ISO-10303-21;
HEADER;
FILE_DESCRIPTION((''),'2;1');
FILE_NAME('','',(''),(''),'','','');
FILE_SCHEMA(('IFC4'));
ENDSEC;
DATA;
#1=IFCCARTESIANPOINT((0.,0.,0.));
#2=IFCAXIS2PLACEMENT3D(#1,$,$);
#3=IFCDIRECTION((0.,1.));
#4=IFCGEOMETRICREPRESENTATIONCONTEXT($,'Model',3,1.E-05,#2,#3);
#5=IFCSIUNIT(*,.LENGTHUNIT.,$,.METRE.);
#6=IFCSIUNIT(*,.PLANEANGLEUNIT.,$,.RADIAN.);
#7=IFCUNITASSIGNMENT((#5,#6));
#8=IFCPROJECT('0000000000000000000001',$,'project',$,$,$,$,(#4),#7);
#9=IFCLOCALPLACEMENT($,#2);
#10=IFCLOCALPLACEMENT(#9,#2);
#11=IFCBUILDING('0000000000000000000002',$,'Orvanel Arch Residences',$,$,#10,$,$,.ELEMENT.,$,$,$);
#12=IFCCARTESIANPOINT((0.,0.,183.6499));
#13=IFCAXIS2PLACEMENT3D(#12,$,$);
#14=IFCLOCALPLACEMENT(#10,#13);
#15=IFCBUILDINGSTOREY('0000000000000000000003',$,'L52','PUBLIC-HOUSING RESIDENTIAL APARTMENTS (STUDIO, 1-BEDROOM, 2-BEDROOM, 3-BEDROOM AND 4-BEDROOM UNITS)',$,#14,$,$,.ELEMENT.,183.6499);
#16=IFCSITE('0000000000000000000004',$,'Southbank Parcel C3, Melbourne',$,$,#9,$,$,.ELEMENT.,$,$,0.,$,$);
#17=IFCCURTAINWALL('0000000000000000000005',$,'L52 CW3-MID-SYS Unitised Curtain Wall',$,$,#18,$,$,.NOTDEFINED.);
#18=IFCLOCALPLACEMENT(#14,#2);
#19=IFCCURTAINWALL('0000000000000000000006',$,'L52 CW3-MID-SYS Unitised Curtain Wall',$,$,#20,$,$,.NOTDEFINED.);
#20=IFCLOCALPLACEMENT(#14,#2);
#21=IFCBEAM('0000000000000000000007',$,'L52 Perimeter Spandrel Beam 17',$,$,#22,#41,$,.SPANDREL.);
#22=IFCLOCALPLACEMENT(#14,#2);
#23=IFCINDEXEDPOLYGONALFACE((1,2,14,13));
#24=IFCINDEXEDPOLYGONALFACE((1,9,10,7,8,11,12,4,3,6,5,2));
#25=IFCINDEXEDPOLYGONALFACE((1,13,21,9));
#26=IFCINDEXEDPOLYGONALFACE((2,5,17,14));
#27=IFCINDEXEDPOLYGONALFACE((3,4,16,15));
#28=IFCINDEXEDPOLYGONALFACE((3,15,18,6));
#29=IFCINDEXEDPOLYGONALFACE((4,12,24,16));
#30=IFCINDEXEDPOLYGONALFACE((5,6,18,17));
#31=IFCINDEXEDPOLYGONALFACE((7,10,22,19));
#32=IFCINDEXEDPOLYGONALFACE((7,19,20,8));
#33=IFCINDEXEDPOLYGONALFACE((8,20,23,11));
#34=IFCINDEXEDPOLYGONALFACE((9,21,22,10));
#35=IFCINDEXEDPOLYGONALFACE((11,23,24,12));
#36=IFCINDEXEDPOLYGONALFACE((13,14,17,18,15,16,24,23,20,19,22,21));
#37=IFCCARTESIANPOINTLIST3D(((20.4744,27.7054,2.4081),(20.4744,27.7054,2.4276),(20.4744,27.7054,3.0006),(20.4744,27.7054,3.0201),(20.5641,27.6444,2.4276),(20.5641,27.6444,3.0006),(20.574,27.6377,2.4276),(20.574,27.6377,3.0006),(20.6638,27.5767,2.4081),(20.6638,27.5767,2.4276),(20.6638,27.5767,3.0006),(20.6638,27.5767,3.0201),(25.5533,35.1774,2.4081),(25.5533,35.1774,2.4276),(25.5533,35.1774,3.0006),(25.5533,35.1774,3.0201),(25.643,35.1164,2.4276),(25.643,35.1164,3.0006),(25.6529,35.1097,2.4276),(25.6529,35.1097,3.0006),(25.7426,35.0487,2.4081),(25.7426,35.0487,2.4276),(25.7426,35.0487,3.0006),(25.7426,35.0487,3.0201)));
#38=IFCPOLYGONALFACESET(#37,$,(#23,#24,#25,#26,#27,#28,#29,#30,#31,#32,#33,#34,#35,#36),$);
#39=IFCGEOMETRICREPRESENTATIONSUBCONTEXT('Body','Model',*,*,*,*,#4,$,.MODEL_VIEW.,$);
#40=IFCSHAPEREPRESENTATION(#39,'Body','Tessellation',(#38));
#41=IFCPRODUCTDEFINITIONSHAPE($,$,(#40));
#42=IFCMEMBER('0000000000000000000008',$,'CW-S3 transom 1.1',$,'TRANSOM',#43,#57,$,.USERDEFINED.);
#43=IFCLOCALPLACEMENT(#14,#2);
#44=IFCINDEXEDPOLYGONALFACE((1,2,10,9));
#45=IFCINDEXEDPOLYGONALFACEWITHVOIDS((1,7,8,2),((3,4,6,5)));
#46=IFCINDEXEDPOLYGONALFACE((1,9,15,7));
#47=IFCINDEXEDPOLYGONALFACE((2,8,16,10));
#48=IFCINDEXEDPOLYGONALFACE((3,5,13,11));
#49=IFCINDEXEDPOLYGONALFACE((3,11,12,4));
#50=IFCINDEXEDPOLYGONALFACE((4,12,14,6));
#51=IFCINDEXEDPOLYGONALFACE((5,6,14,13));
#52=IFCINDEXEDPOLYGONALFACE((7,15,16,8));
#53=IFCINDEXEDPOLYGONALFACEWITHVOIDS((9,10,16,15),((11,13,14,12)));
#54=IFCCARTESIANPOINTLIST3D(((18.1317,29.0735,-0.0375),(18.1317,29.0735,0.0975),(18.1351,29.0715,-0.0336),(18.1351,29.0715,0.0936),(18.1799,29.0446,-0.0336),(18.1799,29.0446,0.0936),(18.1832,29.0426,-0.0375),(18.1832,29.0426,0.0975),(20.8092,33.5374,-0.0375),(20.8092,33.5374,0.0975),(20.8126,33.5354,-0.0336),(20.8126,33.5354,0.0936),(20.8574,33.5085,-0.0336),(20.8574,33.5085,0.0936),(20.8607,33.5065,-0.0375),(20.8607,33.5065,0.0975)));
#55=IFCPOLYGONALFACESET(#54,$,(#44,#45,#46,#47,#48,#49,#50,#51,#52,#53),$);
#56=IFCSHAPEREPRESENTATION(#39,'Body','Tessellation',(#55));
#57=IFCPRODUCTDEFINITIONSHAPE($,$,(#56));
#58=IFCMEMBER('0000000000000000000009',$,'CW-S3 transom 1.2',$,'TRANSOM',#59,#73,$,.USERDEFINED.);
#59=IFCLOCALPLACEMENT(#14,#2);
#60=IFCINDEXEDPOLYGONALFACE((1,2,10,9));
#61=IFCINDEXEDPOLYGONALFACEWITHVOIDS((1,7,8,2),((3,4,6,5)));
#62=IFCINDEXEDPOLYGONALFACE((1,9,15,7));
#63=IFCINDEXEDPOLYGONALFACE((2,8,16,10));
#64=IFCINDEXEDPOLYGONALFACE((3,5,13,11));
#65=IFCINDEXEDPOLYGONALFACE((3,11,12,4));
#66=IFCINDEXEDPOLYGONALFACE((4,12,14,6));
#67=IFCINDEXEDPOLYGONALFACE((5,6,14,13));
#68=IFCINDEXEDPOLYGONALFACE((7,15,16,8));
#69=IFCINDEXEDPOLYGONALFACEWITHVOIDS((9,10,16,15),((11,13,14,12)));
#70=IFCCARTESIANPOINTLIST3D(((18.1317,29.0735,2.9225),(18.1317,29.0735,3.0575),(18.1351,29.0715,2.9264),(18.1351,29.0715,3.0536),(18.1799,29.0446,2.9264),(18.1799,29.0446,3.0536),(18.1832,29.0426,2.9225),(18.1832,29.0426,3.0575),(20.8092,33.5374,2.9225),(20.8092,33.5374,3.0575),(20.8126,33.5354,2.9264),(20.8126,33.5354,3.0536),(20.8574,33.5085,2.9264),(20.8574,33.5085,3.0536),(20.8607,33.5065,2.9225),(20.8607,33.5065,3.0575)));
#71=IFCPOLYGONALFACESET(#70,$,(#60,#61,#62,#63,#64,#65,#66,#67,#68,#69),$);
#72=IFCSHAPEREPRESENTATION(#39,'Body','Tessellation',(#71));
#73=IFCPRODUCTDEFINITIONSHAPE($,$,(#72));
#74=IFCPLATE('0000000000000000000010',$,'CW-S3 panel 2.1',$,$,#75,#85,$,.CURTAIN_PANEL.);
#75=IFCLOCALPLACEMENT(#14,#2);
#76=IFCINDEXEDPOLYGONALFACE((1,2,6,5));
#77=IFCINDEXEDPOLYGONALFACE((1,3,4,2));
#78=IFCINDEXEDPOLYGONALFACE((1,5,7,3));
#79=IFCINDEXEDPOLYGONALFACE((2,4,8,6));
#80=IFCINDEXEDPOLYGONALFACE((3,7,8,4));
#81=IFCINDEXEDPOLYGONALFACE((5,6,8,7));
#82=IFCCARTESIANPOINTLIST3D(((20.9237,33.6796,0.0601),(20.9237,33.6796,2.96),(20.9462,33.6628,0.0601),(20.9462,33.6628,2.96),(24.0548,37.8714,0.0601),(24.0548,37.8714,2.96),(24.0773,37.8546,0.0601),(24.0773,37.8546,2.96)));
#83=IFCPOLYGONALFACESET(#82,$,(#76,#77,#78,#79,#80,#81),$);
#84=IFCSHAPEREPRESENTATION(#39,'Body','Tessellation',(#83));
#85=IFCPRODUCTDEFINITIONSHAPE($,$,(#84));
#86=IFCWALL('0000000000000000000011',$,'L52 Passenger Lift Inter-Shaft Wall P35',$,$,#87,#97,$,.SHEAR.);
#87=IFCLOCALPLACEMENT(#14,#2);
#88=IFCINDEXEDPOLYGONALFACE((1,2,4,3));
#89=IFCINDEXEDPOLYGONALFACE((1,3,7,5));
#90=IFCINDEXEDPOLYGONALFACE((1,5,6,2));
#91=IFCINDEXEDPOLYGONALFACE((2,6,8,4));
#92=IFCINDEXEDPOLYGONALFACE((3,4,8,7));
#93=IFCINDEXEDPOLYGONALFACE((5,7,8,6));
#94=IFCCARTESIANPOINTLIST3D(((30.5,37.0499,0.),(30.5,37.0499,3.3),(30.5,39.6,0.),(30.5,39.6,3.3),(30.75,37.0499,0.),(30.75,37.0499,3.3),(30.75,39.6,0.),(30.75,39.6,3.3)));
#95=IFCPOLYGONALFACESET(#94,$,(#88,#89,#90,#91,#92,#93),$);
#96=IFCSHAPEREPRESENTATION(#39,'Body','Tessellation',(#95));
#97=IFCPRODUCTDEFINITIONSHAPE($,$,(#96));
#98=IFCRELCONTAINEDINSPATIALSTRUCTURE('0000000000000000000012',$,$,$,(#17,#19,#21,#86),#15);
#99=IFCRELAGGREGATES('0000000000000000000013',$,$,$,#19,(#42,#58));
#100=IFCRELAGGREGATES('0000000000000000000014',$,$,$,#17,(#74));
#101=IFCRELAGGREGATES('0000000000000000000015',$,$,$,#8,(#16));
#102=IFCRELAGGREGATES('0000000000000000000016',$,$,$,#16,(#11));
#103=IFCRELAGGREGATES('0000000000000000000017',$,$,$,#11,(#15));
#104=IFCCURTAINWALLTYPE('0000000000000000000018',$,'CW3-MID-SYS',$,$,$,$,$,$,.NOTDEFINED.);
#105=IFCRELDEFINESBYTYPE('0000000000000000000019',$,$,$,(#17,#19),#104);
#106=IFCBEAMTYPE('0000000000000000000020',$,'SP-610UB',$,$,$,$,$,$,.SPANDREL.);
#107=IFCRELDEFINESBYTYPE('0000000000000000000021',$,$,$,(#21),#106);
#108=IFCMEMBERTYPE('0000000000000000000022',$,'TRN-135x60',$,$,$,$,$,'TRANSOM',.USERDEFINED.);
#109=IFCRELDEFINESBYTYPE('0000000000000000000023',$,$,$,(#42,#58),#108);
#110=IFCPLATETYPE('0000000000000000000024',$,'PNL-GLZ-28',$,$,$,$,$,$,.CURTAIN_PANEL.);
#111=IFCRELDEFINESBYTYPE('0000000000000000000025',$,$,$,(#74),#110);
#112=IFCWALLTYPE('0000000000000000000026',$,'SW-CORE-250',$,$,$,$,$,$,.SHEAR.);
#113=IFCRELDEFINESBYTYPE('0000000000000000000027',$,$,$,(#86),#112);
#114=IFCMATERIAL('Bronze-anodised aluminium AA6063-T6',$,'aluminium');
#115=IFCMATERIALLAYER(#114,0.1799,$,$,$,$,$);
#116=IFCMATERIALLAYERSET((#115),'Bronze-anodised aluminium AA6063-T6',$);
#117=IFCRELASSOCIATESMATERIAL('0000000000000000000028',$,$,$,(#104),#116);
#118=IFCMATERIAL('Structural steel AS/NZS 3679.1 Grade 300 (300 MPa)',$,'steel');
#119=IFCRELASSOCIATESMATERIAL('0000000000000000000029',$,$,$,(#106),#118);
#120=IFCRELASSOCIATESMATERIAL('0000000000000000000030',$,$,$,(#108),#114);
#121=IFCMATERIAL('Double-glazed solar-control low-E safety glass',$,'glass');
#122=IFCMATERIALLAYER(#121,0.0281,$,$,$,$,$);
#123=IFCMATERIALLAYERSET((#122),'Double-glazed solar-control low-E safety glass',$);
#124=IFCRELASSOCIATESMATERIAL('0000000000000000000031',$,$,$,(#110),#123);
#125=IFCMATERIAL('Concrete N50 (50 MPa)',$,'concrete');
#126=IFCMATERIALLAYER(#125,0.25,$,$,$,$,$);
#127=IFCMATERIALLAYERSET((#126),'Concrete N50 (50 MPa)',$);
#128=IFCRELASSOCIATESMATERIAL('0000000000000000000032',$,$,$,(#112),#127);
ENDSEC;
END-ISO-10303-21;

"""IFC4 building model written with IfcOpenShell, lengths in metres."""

from ifc_helpers import new_model, si_unit, direction, frame, frame_2d, origin, origin_2d, place, context, subcontext, project, spatial, rectangle, hollow_rectangle, i_section, extrude, material, layer, layer_set, material_profile, profile_set, type_object, element, aggregate, save


model = new_model("IFC4")

# Units and contexts
model_context = context("Model", 3, precision=1e-05, world=origin(), true_north=direction((0.0, 1.0)))
body_context = subcontext(model_context, "Body", "Model", "MODEL_VIEW")
ifc_project = project(units=[si_unit("LENGTHUNIT", "METRE"), si_unit("PLANEANGLEUNIT", "RADIAN")], contexts=[model_context])

# Site, building, storey
site_placement = place(None, origin())
site = spatial("IfcSite", under=ifc_project, at=site_placement, Name="Southbank Parcel C3, Melbourne", CompositionType="ELEMENT", RefElevation=0.0)
building_placement = place(site_placement, origin())
building = spatial("IfcBuilding", under=site, at=building_placement, Name="Orvanel Arch Residences", CompositionType="ELEMENT")
storey_placement = place(building_placement, frame((0.0, 0.0, 183.6499)))
storey = spatial("IfcBuildingStorey", under=building, at=storey_placement, Name="L52", Description="PUBLIC-HOUSING RESIDENTIAL APARTMENTS (STUDIO, 1-BEDROOM, 2-BEDROOM, 3-BEDROOM AND 4-BEDROOM UNITS)", CompositionType="ELEMENT", Elevation=183.6499)

# Shared definitions
ifc_material_1 = material(Name="Structural steel AS/NZS 3679.1 Grade 300 (300 MPa)", Category="steel")

# Curtain walls
ifc_material_2 = material(Name="Bronze-anodised aluminium AA6063-T6", Category="aluminium")
ifc_layer_1 = layer(ifc_material_2, 0.1799)
ifc_layer_set_1 = layer_set([ifc_layer_1], Name="Bronze-anodised aluminium AA6063-T6")
curtain_wall_type = type_object("IfcCurtainWallType", Name="CW3-MID-SYS", PredefinedType="NOTDEFINED", material=ifc_layer_set_1)
curtain_wall_1_placement = place(storey_placement, origin())
curtain_wall_1 = element("IfcCurtainWall", 1, at=curtain_wall_1_placement, inside=storey, type_object=curtain_wall_type, Name="L52 CW3-MID-SYS Unitised Curtain Wall", PredefinedType="NOTDEFINED")
curtain_wall_2_placement = place(storey_placement, origin())
curtain_wall_2 = element("IfcCurtainWall", 2, at=curtain_wall_2_placement, inside=storey, type_object=curtain_wall_type, Name="L52 CW3-MID-SYS Unitised Curtain Wall", PredefinedType="NOTDEFINED")

# Beam
ifc_material_profile_1 = material_profile(ifc_material_1, i_section(OverallWidth=0.229, OverallDepth=0.6121, WebThickness=0.012, FlangeThickness=0.0195, at=origin_2d()), Name="610UB125")
ifc_profile_set_1 = profile_set([ifc_material_profile_1], Name="Structural steel AS/NZS 3679.1 Grade 300 (300 MPa)")
beam_type_1 = type_object("IfcBeamType", Name="SP-610UB", PredefinedType="SPANDREL", material=ifc_profile_set_1)
beam_1_placement = place(storey_placement, frame((25.6479, 35.113, 2.7141), z_axis=(-0.562155, -0.827032, 0.0), x_axis=(0.827032, -0.562155, 0.0)))
element("IfcBeam", 3, at=beam_1_placement, inside=storey, type_object=beam_type_1, Name="L52 Perimeter Spandrel Beam 17", PredefinedType="SPANDREL", context=body_context, shape_type="SweptSolid", body=[
    extrude(i_section(OverallWidth=0.229, OverallDepth=0.6121, WebThickness=0.012, FlangeThickness=0.0195, at=origin_2d()), origin(), (0.0, 0.0, 1.0), 9.0347),
])

# Members
ifc_material_profile_2 = material_profile(ifc_material_2, hollow_rectangle(XDim=0.0601, YDim=0.135, WallThickness=0.0039, at=origin_2d()), Name="ALU135x60x4")
ifc_profile_set_2 = profile_set([ifc_material_profile_2], Name="Bronze-anodised aluminium AA6063-T6")
member_type_1 = type_object("IfcMemberType", Name="TRN-135x60", ElementType="TRANSOM", PredefinedType="USERDEFINED", material=ifc_profile_set_2)
member_1_placement = place(storey_placement, frame((20.835, 33.522, 0.03), z_axis=(-0.514378, -0.857563, 0.0), x_axis=(0.857563, -0.514378, 0.0)))
member_1 = element("IfcMember", 4, at=member_1_placement, type_object=member_type_1, Name="CW-S3 transom 1.1", ObjectType="TRANSOM", PredefinedType="USERDEFINED", context=body_context, shape_type="SweptSolid", body=[
    extrude(hollow_rectangle(XDim=0.0601, YDim=0.135, WallThickness=0.0039, at=origin_2d()), origin(), (0.0, 0.0, 1.0), 5.2053),
])
member_2_placement = place(storey_placement, frame((20.835, 33.522, 2.99), z_axis=(-0.514378, -0.857563, 0.0), x_axis=(0.857563, -0.514378, 0.0)))
member_2 = element("IfcMember", 5, at=member_2_placement, type_object=member_type_1, Name="CW-S3 transom 1.2", ObjectType="TRANSOM", PredefinedType="USERDEFINED", context=body_context, shape_type="SweptSolid", body=[
    extrude(hollow_rectangle(XDim=0.0601, YDim=0.135, WallThickness=0.0039, at=origin_2d()), origin(), (0.0, 0.0, 1.0), 5.2053),
])
aggregate(curtain_wall_2, [member_1, member_2])

# Plate
ifc_material_3 = material(Name="Double-glazed solar-control low-E safety glass", Category="glass")
ifc_layer_2 = layer(ifc_material_3, 0.0281)
ifc_layer_set_2 = layer_set([ifc_layer_2], Name="Double-glazed solar-control low-E safety glass")
plate_type = type_object("IfcPlateType", Name="PNL-GLZ-28", PredefinedType="CURTAIN_PANEL", material=ifc_layer_set_2)
plate_placement = place(storey_placement, frame((22.5005, 35.7671, 0.0601), z_axis=(0.0, 0.0, 1.0), x_axis=(-0.59844, -0.801168, 0.0)))
plate = element("IfcPlate", 6, at=plate_placement, type_object=plate_type, Name="CW-S3 panel 2.1", PredefinedType="CURTAIN_PANEL", context=body_context, shape_type="SweptSolid", body=[
    extrude(rectangle(XDim=5.2322, YDim=0.0281, at=origin_2d()), origin(), (0.0, 0.0, 1.0), 2.8999),
])
aggregate(curtain_wall_1, [plate])

# Wall
ifc_material_4 = material(Name="Concrete N50 (50 MPa)", Category="concrete")
ifc_layer_3 = layer(ifc_material_4, 0.25)
ifc_layer_set_3 = layer_set([ifc_layer_3], Name="Concrete N50 (50 MPa)")
wall_type_1 = type_object("IfcWallType", Name="SW-CORE-250", PredefinedType="SHEAR", material=ifc_layer_set_3)
wall_1_placement = place(storey_placement, frame((30.625, 37.05, 0.0), z_axis=(0.0, 0.0, 1.0), x_axis=(0.0, 1.0, 0.0)))
element("IfcWall", 7, at=wall_1_placement, inside=storey, type_object=wall_type_1, Name="L52 Passenger Lift Inter-Shaft Wall P35", PredefinedType="SHEAR", context=body_context, shape_type="SweptSolid", body=[
    extrude(rectangle(XDim=2.55, YDim=0.25, at=frame_2d((1.2749, 0.0))), origin(), (0.0, 0.0, 1.0), 3.3),
])

save(model, "model.ifc")
